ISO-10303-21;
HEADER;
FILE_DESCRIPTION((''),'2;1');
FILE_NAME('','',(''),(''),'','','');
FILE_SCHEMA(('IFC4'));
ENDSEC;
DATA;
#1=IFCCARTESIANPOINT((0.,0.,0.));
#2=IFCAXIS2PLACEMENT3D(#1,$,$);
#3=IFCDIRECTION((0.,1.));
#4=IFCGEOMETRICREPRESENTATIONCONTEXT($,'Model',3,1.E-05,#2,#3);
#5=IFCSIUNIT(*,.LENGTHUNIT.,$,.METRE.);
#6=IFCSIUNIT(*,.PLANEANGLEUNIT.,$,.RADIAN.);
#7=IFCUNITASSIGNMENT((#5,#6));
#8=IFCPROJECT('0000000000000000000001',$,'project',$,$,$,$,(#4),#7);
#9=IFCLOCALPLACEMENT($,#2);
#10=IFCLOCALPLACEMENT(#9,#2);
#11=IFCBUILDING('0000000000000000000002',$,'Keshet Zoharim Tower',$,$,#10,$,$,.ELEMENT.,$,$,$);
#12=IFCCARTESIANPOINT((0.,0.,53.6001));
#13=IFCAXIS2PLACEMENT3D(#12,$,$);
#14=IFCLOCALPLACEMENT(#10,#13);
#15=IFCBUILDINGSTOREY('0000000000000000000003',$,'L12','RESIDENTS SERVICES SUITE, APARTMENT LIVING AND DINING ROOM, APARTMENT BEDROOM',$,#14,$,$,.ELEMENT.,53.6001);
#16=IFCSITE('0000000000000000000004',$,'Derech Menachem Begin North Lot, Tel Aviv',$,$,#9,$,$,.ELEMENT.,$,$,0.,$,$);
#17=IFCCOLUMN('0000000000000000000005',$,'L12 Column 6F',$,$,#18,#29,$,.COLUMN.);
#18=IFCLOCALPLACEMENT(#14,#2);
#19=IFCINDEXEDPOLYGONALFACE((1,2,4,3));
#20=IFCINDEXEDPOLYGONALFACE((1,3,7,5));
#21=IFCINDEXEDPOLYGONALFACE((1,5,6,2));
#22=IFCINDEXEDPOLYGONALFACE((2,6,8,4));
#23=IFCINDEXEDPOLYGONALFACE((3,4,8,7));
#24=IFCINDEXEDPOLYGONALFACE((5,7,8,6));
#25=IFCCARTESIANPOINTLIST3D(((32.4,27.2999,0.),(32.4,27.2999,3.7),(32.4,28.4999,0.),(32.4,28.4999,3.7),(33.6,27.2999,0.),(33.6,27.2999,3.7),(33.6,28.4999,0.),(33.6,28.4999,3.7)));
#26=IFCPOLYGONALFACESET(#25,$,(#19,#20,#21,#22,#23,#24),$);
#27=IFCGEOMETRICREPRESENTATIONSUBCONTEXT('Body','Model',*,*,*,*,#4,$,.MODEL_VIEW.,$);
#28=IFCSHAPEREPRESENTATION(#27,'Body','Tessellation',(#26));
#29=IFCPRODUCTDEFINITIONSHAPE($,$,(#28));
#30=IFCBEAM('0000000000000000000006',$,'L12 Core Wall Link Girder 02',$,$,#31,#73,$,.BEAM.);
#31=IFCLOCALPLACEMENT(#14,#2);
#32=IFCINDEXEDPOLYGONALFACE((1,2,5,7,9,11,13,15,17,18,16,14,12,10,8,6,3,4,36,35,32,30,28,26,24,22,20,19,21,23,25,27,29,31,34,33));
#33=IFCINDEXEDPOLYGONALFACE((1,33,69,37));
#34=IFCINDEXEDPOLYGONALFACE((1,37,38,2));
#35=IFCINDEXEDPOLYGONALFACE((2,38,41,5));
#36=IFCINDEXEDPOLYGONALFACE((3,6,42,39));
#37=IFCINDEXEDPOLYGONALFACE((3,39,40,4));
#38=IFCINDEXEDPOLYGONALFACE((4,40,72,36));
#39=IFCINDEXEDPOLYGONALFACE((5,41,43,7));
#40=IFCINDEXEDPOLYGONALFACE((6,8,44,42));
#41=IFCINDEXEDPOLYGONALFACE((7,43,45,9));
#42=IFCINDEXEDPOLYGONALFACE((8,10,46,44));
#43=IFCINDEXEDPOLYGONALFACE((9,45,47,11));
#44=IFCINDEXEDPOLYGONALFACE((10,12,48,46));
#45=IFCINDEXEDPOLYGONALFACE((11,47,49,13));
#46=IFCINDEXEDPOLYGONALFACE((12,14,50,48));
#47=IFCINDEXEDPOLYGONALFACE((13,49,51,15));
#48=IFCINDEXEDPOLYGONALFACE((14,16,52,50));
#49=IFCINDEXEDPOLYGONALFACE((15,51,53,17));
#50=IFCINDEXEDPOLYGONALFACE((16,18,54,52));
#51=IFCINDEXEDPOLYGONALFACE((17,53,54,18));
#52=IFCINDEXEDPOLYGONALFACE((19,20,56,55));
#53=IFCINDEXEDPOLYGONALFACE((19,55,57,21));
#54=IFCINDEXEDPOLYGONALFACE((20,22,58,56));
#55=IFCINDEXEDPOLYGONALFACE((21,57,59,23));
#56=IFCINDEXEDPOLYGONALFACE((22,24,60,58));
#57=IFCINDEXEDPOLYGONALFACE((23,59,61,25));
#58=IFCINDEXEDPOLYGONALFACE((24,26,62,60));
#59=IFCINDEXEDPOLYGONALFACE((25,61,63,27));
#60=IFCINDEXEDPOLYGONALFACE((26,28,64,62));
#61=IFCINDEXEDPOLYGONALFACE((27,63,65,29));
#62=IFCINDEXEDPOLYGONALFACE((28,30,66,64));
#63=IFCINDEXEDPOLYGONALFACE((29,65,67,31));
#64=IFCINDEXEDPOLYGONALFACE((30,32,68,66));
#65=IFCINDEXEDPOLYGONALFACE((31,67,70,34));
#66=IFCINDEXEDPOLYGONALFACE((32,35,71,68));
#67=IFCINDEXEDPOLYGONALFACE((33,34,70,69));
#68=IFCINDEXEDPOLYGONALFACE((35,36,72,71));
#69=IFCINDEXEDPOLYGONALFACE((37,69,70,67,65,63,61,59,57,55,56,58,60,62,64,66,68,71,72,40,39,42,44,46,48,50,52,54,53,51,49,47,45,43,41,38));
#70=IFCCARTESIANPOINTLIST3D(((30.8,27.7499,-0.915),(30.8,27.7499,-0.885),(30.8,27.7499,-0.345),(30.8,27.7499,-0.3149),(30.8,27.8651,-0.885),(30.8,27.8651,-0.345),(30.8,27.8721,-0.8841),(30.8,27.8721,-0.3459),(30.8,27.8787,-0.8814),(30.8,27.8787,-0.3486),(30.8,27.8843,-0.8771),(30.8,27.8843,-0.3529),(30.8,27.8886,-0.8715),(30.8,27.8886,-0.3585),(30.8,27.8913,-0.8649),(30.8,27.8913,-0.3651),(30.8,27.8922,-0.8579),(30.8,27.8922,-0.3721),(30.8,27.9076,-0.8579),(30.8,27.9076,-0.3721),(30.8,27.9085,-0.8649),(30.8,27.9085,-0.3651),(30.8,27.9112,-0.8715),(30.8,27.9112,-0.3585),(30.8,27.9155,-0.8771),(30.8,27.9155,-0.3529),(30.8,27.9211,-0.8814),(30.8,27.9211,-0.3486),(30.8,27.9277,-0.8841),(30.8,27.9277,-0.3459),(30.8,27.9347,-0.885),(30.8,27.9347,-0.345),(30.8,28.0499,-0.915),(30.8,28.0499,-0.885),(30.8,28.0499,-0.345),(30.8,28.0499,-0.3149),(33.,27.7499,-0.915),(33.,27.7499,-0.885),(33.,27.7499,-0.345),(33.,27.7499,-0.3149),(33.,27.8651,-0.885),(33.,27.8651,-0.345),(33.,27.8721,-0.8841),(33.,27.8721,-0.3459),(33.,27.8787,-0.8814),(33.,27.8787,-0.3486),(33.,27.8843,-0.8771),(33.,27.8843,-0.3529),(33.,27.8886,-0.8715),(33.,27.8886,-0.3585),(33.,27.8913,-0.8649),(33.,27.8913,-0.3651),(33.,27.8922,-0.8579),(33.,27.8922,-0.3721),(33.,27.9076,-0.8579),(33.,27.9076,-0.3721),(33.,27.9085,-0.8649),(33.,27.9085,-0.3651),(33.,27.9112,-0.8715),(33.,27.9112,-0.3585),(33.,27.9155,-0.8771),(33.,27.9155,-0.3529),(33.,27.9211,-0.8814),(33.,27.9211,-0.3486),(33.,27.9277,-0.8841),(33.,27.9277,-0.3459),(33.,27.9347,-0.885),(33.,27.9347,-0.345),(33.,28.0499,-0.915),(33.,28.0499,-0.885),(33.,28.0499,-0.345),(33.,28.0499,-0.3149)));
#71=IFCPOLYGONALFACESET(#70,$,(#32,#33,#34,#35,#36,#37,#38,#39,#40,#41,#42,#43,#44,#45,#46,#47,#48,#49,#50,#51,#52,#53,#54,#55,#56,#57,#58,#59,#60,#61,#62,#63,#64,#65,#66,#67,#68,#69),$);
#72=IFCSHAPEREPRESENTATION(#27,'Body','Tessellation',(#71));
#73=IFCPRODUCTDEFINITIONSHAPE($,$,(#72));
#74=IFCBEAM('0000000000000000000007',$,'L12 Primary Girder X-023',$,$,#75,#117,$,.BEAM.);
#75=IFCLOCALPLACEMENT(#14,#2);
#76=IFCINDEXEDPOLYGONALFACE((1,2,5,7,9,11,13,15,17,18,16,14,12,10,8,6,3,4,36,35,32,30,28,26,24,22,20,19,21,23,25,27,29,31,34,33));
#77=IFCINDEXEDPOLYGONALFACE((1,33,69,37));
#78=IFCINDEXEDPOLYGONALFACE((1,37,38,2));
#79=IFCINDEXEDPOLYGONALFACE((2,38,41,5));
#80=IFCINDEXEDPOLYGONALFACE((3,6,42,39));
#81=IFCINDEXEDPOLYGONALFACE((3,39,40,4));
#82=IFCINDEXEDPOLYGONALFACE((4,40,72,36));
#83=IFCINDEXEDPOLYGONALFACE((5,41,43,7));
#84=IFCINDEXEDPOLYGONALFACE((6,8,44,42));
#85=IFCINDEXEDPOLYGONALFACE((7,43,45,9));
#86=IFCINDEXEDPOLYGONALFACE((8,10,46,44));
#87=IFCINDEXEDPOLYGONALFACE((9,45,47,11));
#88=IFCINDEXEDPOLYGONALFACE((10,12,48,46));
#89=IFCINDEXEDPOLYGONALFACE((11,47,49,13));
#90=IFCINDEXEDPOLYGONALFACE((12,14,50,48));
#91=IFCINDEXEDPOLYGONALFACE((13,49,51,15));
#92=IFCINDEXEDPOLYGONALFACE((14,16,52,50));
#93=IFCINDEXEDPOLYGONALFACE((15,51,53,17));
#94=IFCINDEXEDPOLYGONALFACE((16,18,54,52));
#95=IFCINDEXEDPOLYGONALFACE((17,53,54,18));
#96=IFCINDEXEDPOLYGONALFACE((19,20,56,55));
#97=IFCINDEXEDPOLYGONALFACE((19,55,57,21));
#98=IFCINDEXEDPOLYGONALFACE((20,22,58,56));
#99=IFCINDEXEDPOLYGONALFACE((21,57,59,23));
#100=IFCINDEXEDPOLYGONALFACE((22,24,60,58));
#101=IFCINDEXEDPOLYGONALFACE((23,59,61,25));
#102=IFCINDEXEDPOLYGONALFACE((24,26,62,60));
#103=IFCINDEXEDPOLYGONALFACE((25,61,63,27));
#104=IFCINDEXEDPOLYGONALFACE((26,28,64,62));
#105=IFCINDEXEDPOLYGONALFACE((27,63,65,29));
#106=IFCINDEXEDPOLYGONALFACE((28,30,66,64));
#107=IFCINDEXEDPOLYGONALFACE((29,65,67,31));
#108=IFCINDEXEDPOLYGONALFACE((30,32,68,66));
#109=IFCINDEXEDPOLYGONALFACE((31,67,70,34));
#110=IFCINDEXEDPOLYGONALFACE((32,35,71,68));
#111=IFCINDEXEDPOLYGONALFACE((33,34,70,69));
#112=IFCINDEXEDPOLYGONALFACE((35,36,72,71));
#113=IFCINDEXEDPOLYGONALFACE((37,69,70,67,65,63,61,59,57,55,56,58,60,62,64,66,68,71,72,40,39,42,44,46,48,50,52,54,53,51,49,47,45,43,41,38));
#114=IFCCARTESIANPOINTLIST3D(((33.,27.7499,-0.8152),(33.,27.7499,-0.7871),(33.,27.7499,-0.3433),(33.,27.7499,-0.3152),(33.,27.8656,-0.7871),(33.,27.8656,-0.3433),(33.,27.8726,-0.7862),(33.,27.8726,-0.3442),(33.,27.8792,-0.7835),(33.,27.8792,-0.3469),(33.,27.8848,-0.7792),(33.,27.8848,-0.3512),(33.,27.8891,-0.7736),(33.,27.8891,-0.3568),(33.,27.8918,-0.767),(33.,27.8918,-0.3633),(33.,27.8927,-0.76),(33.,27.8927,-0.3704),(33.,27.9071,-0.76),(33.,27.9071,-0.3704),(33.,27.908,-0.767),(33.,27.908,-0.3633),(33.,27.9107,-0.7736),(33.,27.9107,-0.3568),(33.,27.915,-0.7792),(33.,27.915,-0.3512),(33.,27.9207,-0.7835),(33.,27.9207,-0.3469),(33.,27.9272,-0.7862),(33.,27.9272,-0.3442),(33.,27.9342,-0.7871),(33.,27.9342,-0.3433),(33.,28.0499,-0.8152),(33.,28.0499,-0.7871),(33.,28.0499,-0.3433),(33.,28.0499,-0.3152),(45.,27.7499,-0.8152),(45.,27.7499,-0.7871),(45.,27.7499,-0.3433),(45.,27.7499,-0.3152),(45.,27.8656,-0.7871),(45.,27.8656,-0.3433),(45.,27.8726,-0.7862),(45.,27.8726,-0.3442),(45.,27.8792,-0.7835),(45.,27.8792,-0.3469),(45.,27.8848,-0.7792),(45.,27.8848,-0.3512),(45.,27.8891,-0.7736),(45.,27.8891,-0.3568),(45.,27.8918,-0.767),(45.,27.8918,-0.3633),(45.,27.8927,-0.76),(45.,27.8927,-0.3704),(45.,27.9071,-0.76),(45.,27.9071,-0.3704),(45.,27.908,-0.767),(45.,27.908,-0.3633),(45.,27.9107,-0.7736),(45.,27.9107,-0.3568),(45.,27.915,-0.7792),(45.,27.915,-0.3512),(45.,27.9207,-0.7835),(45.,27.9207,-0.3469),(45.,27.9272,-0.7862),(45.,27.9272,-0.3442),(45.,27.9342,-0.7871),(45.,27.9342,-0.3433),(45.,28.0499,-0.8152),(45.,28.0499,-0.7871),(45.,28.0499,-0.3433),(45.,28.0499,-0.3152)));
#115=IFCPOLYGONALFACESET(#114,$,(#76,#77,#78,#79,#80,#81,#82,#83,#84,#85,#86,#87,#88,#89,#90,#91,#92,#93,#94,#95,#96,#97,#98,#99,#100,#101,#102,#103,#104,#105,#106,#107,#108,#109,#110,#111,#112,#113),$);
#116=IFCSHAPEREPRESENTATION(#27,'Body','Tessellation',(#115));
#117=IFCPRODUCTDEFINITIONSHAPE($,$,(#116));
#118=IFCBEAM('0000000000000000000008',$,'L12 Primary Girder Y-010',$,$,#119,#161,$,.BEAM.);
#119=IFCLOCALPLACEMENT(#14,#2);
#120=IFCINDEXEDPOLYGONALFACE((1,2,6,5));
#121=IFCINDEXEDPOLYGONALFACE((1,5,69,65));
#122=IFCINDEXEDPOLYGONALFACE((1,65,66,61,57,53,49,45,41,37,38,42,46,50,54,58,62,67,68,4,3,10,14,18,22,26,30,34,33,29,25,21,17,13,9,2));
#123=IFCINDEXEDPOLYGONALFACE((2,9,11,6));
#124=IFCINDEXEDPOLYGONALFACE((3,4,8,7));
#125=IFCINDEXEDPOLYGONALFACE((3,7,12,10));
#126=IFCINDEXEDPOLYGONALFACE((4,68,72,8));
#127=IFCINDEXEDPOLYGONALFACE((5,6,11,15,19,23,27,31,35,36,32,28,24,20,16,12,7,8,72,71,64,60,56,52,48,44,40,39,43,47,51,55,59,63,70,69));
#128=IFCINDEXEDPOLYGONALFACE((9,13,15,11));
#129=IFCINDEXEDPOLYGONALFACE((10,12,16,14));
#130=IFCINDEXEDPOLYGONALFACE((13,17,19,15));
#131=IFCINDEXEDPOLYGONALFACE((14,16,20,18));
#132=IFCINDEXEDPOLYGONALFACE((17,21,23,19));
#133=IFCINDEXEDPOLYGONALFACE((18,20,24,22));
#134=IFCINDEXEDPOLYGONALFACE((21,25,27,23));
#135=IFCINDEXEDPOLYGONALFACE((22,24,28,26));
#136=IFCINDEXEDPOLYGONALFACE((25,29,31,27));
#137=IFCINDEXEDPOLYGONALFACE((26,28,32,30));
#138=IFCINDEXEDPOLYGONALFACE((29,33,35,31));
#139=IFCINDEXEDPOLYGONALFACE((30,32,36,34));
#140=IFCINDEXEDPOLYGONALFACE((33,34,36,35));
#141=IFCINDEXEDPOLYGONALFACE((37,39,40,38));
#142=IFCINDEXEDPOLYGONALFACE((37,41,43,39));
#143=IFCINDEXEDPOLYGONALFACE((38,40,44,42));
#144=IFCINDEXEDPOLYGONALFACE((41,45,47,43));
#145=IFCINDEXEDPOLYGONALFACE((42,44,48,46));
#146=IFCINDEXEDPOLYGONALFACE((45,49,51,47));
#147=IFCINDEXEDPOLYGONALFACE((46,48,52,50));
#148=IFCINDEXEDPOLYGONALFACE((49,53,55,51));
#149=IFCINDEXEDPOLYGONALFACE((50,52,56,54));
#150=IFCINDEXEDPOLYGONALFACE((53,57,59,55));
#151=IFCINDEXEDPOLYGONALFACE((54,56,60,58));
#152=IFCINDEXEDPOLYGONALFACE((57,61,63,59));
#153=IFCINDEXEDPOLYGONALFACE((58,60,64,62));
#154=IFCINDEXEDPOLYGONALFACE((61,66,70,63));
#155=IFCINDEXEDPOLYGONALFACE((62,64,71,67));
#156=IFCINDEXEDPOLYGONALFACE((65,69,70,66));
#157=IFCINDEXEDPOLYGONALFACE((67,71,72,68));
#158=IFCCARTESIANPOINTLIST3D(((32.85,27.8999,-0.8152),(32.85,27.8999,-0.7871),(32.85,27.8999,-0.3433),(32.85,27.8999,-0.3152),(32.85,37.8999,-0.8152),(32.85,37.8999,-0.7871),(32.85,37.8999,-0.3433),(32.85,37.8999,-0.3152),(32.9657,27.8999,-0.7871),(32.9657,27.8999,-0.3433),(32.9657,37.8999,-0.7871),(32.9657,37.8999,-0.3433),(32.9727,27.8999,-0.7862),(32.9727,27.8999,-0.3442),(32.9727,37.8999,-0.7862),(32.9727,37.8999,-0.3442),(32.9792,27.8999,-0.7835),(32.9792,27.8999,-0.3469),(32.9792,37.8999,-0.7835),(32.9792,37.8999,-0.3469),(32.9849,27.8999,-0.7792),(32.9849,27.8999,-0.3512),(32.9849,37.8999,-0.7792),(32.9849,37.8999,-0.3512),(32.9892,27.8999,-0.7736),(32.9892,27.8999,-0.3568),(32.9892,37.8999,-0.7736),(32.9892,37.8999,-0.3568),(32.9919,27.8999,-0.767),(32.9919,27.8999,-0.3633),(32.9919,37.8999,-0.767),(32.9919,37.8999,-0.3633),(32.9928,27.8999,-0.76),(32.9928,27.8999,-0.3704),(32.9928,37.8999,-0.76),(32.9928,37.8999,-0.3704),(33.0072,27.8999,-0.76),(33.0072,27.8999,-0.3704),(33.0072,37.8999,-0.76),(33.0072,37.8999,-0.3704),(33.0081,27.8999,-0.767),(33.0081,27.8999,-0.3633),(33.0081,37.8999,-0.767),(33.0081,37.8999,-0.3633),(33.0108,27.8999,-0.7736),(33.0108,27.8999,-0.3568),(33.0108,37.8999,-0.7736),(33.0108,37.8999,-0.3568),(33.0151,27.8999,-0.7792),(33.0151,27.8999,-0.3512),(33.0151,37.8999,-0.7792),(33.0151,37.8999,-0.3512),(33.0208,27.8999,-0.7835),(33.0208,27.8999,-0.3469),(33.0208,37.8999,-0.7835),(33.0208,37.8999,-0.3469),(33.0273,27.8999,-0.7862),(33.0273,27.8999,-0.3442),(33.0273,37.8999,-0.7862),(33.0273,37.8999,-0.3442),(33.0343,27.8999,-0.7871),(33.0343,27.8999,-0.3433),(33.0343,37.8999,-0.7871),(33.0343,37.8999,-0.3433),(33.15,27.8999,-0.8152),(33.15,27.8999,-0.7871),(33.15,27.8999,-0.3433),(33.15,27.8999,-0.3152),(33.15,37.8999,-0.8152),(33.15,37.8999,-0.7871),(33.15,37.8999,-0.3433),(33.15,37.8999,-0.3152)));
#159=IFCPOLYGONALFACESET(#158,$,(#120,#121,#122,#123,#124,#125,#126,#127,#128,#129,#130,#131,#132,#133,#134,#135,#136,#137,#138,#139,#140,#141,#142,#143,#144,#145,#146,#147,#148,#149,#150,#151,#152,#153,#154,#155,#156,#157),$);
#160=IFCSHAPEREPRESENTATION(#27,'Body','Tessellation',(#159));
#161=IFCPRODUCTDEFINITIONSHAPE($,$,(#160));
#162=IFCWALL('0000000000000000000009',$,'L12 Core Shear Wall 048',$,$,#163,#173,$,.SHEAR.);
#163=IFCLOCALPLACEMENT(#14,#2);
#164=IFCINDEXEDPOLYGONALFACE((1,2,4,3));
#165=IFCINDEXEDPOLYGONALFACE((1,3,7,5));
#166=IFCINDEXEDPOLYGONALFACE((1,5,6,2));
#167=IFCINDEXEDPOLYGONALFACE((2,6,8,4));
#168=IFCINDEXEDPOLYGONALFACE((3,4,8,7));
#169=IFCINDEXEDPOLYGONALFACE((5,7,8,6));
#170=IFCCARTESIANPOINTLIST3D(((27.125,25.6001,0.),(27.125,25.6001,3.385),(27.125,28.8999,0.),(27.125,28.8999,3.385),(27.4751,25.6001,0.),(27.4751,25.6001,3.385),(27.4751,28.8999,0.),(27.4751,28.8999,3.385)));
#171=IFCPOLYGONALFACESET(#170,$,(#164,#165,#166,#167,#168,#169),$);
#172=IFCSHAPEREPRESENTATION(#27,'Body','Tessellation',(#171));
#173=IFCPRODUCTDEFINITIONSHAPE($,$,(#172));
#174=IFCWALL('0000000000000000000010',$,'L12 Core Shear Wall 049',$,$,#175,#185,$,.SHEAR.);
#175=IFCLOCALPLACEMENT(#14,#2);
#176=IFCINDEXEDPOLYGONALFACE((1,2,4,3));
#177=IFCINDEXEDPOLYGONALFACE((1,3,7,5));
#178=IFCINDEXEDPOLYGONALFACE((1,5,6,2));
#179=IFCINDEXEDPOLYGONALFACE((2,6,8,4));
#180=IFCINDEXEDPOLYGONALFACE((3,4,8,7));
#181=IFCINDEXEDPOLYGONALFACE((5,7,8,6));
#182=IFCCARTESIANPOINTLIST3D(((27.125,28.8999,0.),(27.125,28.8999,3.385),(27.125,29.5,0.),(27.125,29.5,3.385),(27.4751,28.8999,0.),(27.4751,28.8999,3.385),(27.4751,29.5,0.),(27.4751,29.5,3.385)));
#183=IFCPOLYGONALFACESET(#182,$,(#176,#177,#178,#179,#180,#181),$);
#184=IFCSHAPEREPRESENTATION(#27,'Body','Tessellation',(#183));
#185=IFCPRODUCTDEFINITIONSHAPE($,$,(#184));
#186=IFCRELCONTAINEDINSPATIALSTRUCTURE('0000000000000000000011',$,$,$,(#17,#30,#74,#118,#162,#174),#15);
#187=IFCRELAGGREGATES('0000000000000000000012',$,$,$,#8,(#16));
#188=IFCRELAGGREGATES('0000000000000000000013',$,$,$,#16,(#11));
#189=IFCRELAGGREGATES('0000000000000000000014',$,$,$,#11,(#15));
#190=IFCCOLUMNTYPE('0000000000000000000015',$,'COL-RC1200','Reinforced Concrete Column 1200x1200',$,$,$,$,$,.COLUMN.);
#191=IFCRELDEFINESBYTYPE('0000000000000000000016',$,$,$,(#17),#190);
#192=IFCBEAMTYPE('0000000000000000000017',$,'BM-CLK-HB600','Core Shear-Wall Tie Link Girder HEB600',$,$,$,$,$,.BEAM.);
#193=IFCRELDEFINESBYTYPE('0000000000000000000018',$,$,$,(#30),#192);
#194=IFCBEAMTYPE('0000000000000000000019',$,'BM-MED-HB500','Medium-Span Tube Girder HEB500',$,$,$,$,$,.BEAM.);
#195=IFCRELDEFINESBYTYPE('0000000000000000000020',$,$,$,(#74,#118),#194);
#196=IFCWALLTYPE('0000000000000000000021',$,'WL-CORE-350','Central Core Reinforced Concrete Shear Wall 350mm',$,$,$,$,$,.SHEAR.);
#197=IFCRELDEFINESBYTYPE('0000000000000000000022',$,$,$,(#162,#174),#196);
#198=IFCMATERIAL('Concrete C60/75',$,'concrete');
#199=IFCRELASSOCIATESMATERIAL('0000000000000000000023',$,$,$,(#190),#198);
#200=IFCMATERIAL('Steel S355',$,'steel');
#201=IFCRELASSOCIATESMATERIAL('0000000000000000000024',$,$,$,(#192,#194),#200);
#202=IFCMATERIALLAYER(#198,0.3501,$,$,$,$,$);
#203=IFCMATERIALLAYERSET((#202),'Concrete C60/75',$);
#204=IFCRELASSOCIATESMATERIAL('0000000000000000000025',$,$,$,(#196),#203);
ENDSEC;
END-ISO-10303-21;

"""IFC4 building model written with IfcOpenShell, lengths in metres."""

from ifc_helpers import new_model, si_unit, direction, frame, frame_2d, origin, origin_2d, place, context, subcontext, project, spatial, rectangle, i_section, extrude, material, layer, layer_set, material_profile, profile_set, type_object, element, save


model = new_model("IFC4")

# Units and contexts
model_context = context("Model", 3, precision=1e-05, world=origin(), true_north=direction((0.0, 1.0)))
body_context = subcontext(model_context, "Body", "Model", "MODEL_VIEW")
ifc_project = project(units=[si_unit("LENGTHUNIT", "METRE"), si_unit("PLANEANGLEUNIT", "RADIAN")], contexts=[model_context])

# Site, building, storey
site_placement = place(None, origin())
site = spatial("IfcSite", under=ifc_project, at=site_placement, Name="Derech Menachem Begin North Lot, Tel Aviv", CompositionType="ELEMENT", RefElevation=0.0)
building_placement = place(site_placement, origin())
building = spatial("IfcBuilding", under=site, at=building_placement, Name="Keshet Zoharim Tower", CompositionType="ELEMENT")
storey_placement = place(building_placement, frame((0.0, 0.0, 53.6001)))
storey = spatial("IfcBuildingStorey", under=building, at=storey_placement, Name="L12", Description="RESIDENTS SERVICES SUITE, APARTMENT LIVING AND DINING ROOM, APARTMENT BEDROOM", CompositionType="ELEMENT", Elevation=53.6001)

# Column
ifc_material_1 = material(Name="Concrete C60/75", Category="concrete")
ifc_material_profile_1 = material_profile(ifc_material_1, rectangle(XDim=1.2, YDim=1.2, at=origin_2d()), Name="RC1200x1200")
ifc_profile_set_1 = profile_set([ifc_material_profile_1], Name="Concrete C60/75")
column_type = type_object("IfcColumnType", Name="COL-RC1200", Description="Reinforced Concrete Column 1200x1200", PredefinedType="COLUMN", material=ifc_profile_set_1)
column_placement = place(storey_placement, frame((33.0, 27.8999, 0.0), z_axis=(0.0, 0.0, 1.0), x_axis=(1.0, 0.0, 0.0)))
element("IfcColumn", 1, at=column_placement, inside=storey, type_object=column_type, Name="L12 Column 6F", PredefinedType="COLUMN", context=body_context, shape_type="SweptSolid", body=[
    extrude(rectangle(XDim=1.2, YDim=1.2, at=origin_2d()), origin(), (0.0, 0.0, 1.0), 3.7),
])

# Beams
ifc_material_2 = material(Name="Steel S355", Category="steel")
ifc_material_profile_2 = material_profile(ifc_material_2, i_section(OverallWidth=0.3, OverallDepth=0.6001, WebThickness=0.0154, FlangeThickness=0.03, FilletRadius=0.0271, at=origin_2d()), Name="HEB600")
ifc_profile_set_2 = profile_set([ifc_material_profile_2], Name="Steel S355")
beam_type_1 = type_object("IfcBeamType", Name="BM-CLK-HB600", Description="Core Shear-Wall Tie Link Girder HEB600", PredefinedType="BEAM", material=ifc_profile_set_2)
beam_1_placement = place(storey_placement, frame((30.8, 27.8999, -0.615), z_axis=(1.0, 0.0, 0.0), x_axis=(0.0, 1.0, 0.0)))
element("IfcBeam", 2, at=beam_1_placement, inside=storey, type_object=beam_type_1, Name="L12 Core Wall Link Girder 02", PredefinedType="BEAM", context=body_context, shape_type="SweptSolid", body=[
    extrude(i_section(OverallWidth=0.3, OverallDepth=0.6001, WebThickness=0.0154, FlangeThickness=0.03, FilletRadius=0.0271, at=origin_2d()), origin(), (0.0, 0.0, 1.0), 2.2),
])
ifc_material_profile_3 = material_profile(ifc_material_2, i_section(OverallWidth=0.3, OverallDepth=0.5, WebThickness=0.0144, FlangeThickness=0.0281, FilletRadius=0.0271, at=origin_2d()), Name="HEB500")
ifc_profile_set_3 = profile_set([ifc_material_profile_3], Name="Steel S355")
beam_type_2 = type_object("IfcBeamType", Name="BM-MED-HB500", Description="Medium-Span Tube Girder HEB500", PredefinedType="BEAM", material=ifc_profile_set_3)
beam_2_placement = place(storey_placement, frame((33.0, 27.8999, -0.5652), z_axis=(1.0, 0.0, 0.0), x_axis=(0.0, 1.0, 0.0)))
element("IfcBeam", 3, at=beam_2_placement, inside=storey, type_object=beam_type_2, Name="L12 Primary Girder X-023", PredefinedType="BEAM", context=body_context, shape_type="SweptSolid", body=[
    extrude(i_section(OverallWidth=0.3, OverallDepth=0.5, WebThickness=0.0144, FlangeThickness=0.0281, FilletRadius=0.0271, at=origin_2d()), origin(), (0.0, 0.0, 1.0), 12.0),
])
beam_3_placement = place(storey_placement, frame((33.0, 27.8999, -0.5652), z_axis=(0.0, 1.0, 0.0), x_axis=(-1.0, 0.0, 0.0)))
element("IfcBeam", 4, at=beam_3_placement, inside=storey, type_object=beam_type_2, Name="L12 Primary Girder Y-010", PredefinedType="BEAM", context=body_context, shape_type="SweptSolid", body=[
    extrude(i_section(OverallWidth=0.3, OverallDepth=0.5, WebThickness=0.0144, FlangeThickness=0.0281, FilletRadius=0.0271, at=origin_2d()), origin(), (0.0, 0.0, 1.0), 10.0),
])

# Walls
ifc_layer_1 = layer(ifc_material_1, 0.3501)
ifc_layer_set_1 = layer_set([ifc_layer_1], Name="Concrete C60/75")
wall_type_1 = type_object("IfcWallType", Name="WL-CORE-350", Description="Central Core Reinforced Concrete Shear Wall 350mm", PredefinedType="SHEAR", material=ifc_layer_set_1)
wall_1_placement = place(storey_placement, frame((27.3, 25.6001, 0.0), z_axis=(0.0, 0.0, 1.0), x_axis=(0.0, 1.0, 0.0)))
element("IfcWall", 5, at=wall_1_placement, inside=storey, type_object=wall_type_1, Name="L12 Core Shear Wall 048", PredefinedType="SHEAR", context=body_context, shape_type="SweptSolid", body=[
    extrude(rectangle(XDim=3.2998, YDim=0.3501, at=frame_2d((1.6499, 0.0))), origin(), (0.0, 0.0, 1.0), 3.385),
])
wall_2_placement = place(storey_placement, frame((27.3, 28.8999, 0.0), z_axis=(0.0, 0.0, 1.0), x_axis=(0.0, 1.0, 0.0)))
element("IfcWall", 6, at=wall_2_placement, inside=storey, type_object=wall_type_1, Name="L12 Core Shear Wall 049", PredefinedType="SHEAR", context=body_context, shape_type="SweptSolid", body=[
    extrude(rectangle(XDim=0.6001, YDim=0.3501, at=frame_2d((0.3, 0.0))), origin(), (0.0, 0.0, 1.0), 3.385),
])

save(model, "model.ifc")
